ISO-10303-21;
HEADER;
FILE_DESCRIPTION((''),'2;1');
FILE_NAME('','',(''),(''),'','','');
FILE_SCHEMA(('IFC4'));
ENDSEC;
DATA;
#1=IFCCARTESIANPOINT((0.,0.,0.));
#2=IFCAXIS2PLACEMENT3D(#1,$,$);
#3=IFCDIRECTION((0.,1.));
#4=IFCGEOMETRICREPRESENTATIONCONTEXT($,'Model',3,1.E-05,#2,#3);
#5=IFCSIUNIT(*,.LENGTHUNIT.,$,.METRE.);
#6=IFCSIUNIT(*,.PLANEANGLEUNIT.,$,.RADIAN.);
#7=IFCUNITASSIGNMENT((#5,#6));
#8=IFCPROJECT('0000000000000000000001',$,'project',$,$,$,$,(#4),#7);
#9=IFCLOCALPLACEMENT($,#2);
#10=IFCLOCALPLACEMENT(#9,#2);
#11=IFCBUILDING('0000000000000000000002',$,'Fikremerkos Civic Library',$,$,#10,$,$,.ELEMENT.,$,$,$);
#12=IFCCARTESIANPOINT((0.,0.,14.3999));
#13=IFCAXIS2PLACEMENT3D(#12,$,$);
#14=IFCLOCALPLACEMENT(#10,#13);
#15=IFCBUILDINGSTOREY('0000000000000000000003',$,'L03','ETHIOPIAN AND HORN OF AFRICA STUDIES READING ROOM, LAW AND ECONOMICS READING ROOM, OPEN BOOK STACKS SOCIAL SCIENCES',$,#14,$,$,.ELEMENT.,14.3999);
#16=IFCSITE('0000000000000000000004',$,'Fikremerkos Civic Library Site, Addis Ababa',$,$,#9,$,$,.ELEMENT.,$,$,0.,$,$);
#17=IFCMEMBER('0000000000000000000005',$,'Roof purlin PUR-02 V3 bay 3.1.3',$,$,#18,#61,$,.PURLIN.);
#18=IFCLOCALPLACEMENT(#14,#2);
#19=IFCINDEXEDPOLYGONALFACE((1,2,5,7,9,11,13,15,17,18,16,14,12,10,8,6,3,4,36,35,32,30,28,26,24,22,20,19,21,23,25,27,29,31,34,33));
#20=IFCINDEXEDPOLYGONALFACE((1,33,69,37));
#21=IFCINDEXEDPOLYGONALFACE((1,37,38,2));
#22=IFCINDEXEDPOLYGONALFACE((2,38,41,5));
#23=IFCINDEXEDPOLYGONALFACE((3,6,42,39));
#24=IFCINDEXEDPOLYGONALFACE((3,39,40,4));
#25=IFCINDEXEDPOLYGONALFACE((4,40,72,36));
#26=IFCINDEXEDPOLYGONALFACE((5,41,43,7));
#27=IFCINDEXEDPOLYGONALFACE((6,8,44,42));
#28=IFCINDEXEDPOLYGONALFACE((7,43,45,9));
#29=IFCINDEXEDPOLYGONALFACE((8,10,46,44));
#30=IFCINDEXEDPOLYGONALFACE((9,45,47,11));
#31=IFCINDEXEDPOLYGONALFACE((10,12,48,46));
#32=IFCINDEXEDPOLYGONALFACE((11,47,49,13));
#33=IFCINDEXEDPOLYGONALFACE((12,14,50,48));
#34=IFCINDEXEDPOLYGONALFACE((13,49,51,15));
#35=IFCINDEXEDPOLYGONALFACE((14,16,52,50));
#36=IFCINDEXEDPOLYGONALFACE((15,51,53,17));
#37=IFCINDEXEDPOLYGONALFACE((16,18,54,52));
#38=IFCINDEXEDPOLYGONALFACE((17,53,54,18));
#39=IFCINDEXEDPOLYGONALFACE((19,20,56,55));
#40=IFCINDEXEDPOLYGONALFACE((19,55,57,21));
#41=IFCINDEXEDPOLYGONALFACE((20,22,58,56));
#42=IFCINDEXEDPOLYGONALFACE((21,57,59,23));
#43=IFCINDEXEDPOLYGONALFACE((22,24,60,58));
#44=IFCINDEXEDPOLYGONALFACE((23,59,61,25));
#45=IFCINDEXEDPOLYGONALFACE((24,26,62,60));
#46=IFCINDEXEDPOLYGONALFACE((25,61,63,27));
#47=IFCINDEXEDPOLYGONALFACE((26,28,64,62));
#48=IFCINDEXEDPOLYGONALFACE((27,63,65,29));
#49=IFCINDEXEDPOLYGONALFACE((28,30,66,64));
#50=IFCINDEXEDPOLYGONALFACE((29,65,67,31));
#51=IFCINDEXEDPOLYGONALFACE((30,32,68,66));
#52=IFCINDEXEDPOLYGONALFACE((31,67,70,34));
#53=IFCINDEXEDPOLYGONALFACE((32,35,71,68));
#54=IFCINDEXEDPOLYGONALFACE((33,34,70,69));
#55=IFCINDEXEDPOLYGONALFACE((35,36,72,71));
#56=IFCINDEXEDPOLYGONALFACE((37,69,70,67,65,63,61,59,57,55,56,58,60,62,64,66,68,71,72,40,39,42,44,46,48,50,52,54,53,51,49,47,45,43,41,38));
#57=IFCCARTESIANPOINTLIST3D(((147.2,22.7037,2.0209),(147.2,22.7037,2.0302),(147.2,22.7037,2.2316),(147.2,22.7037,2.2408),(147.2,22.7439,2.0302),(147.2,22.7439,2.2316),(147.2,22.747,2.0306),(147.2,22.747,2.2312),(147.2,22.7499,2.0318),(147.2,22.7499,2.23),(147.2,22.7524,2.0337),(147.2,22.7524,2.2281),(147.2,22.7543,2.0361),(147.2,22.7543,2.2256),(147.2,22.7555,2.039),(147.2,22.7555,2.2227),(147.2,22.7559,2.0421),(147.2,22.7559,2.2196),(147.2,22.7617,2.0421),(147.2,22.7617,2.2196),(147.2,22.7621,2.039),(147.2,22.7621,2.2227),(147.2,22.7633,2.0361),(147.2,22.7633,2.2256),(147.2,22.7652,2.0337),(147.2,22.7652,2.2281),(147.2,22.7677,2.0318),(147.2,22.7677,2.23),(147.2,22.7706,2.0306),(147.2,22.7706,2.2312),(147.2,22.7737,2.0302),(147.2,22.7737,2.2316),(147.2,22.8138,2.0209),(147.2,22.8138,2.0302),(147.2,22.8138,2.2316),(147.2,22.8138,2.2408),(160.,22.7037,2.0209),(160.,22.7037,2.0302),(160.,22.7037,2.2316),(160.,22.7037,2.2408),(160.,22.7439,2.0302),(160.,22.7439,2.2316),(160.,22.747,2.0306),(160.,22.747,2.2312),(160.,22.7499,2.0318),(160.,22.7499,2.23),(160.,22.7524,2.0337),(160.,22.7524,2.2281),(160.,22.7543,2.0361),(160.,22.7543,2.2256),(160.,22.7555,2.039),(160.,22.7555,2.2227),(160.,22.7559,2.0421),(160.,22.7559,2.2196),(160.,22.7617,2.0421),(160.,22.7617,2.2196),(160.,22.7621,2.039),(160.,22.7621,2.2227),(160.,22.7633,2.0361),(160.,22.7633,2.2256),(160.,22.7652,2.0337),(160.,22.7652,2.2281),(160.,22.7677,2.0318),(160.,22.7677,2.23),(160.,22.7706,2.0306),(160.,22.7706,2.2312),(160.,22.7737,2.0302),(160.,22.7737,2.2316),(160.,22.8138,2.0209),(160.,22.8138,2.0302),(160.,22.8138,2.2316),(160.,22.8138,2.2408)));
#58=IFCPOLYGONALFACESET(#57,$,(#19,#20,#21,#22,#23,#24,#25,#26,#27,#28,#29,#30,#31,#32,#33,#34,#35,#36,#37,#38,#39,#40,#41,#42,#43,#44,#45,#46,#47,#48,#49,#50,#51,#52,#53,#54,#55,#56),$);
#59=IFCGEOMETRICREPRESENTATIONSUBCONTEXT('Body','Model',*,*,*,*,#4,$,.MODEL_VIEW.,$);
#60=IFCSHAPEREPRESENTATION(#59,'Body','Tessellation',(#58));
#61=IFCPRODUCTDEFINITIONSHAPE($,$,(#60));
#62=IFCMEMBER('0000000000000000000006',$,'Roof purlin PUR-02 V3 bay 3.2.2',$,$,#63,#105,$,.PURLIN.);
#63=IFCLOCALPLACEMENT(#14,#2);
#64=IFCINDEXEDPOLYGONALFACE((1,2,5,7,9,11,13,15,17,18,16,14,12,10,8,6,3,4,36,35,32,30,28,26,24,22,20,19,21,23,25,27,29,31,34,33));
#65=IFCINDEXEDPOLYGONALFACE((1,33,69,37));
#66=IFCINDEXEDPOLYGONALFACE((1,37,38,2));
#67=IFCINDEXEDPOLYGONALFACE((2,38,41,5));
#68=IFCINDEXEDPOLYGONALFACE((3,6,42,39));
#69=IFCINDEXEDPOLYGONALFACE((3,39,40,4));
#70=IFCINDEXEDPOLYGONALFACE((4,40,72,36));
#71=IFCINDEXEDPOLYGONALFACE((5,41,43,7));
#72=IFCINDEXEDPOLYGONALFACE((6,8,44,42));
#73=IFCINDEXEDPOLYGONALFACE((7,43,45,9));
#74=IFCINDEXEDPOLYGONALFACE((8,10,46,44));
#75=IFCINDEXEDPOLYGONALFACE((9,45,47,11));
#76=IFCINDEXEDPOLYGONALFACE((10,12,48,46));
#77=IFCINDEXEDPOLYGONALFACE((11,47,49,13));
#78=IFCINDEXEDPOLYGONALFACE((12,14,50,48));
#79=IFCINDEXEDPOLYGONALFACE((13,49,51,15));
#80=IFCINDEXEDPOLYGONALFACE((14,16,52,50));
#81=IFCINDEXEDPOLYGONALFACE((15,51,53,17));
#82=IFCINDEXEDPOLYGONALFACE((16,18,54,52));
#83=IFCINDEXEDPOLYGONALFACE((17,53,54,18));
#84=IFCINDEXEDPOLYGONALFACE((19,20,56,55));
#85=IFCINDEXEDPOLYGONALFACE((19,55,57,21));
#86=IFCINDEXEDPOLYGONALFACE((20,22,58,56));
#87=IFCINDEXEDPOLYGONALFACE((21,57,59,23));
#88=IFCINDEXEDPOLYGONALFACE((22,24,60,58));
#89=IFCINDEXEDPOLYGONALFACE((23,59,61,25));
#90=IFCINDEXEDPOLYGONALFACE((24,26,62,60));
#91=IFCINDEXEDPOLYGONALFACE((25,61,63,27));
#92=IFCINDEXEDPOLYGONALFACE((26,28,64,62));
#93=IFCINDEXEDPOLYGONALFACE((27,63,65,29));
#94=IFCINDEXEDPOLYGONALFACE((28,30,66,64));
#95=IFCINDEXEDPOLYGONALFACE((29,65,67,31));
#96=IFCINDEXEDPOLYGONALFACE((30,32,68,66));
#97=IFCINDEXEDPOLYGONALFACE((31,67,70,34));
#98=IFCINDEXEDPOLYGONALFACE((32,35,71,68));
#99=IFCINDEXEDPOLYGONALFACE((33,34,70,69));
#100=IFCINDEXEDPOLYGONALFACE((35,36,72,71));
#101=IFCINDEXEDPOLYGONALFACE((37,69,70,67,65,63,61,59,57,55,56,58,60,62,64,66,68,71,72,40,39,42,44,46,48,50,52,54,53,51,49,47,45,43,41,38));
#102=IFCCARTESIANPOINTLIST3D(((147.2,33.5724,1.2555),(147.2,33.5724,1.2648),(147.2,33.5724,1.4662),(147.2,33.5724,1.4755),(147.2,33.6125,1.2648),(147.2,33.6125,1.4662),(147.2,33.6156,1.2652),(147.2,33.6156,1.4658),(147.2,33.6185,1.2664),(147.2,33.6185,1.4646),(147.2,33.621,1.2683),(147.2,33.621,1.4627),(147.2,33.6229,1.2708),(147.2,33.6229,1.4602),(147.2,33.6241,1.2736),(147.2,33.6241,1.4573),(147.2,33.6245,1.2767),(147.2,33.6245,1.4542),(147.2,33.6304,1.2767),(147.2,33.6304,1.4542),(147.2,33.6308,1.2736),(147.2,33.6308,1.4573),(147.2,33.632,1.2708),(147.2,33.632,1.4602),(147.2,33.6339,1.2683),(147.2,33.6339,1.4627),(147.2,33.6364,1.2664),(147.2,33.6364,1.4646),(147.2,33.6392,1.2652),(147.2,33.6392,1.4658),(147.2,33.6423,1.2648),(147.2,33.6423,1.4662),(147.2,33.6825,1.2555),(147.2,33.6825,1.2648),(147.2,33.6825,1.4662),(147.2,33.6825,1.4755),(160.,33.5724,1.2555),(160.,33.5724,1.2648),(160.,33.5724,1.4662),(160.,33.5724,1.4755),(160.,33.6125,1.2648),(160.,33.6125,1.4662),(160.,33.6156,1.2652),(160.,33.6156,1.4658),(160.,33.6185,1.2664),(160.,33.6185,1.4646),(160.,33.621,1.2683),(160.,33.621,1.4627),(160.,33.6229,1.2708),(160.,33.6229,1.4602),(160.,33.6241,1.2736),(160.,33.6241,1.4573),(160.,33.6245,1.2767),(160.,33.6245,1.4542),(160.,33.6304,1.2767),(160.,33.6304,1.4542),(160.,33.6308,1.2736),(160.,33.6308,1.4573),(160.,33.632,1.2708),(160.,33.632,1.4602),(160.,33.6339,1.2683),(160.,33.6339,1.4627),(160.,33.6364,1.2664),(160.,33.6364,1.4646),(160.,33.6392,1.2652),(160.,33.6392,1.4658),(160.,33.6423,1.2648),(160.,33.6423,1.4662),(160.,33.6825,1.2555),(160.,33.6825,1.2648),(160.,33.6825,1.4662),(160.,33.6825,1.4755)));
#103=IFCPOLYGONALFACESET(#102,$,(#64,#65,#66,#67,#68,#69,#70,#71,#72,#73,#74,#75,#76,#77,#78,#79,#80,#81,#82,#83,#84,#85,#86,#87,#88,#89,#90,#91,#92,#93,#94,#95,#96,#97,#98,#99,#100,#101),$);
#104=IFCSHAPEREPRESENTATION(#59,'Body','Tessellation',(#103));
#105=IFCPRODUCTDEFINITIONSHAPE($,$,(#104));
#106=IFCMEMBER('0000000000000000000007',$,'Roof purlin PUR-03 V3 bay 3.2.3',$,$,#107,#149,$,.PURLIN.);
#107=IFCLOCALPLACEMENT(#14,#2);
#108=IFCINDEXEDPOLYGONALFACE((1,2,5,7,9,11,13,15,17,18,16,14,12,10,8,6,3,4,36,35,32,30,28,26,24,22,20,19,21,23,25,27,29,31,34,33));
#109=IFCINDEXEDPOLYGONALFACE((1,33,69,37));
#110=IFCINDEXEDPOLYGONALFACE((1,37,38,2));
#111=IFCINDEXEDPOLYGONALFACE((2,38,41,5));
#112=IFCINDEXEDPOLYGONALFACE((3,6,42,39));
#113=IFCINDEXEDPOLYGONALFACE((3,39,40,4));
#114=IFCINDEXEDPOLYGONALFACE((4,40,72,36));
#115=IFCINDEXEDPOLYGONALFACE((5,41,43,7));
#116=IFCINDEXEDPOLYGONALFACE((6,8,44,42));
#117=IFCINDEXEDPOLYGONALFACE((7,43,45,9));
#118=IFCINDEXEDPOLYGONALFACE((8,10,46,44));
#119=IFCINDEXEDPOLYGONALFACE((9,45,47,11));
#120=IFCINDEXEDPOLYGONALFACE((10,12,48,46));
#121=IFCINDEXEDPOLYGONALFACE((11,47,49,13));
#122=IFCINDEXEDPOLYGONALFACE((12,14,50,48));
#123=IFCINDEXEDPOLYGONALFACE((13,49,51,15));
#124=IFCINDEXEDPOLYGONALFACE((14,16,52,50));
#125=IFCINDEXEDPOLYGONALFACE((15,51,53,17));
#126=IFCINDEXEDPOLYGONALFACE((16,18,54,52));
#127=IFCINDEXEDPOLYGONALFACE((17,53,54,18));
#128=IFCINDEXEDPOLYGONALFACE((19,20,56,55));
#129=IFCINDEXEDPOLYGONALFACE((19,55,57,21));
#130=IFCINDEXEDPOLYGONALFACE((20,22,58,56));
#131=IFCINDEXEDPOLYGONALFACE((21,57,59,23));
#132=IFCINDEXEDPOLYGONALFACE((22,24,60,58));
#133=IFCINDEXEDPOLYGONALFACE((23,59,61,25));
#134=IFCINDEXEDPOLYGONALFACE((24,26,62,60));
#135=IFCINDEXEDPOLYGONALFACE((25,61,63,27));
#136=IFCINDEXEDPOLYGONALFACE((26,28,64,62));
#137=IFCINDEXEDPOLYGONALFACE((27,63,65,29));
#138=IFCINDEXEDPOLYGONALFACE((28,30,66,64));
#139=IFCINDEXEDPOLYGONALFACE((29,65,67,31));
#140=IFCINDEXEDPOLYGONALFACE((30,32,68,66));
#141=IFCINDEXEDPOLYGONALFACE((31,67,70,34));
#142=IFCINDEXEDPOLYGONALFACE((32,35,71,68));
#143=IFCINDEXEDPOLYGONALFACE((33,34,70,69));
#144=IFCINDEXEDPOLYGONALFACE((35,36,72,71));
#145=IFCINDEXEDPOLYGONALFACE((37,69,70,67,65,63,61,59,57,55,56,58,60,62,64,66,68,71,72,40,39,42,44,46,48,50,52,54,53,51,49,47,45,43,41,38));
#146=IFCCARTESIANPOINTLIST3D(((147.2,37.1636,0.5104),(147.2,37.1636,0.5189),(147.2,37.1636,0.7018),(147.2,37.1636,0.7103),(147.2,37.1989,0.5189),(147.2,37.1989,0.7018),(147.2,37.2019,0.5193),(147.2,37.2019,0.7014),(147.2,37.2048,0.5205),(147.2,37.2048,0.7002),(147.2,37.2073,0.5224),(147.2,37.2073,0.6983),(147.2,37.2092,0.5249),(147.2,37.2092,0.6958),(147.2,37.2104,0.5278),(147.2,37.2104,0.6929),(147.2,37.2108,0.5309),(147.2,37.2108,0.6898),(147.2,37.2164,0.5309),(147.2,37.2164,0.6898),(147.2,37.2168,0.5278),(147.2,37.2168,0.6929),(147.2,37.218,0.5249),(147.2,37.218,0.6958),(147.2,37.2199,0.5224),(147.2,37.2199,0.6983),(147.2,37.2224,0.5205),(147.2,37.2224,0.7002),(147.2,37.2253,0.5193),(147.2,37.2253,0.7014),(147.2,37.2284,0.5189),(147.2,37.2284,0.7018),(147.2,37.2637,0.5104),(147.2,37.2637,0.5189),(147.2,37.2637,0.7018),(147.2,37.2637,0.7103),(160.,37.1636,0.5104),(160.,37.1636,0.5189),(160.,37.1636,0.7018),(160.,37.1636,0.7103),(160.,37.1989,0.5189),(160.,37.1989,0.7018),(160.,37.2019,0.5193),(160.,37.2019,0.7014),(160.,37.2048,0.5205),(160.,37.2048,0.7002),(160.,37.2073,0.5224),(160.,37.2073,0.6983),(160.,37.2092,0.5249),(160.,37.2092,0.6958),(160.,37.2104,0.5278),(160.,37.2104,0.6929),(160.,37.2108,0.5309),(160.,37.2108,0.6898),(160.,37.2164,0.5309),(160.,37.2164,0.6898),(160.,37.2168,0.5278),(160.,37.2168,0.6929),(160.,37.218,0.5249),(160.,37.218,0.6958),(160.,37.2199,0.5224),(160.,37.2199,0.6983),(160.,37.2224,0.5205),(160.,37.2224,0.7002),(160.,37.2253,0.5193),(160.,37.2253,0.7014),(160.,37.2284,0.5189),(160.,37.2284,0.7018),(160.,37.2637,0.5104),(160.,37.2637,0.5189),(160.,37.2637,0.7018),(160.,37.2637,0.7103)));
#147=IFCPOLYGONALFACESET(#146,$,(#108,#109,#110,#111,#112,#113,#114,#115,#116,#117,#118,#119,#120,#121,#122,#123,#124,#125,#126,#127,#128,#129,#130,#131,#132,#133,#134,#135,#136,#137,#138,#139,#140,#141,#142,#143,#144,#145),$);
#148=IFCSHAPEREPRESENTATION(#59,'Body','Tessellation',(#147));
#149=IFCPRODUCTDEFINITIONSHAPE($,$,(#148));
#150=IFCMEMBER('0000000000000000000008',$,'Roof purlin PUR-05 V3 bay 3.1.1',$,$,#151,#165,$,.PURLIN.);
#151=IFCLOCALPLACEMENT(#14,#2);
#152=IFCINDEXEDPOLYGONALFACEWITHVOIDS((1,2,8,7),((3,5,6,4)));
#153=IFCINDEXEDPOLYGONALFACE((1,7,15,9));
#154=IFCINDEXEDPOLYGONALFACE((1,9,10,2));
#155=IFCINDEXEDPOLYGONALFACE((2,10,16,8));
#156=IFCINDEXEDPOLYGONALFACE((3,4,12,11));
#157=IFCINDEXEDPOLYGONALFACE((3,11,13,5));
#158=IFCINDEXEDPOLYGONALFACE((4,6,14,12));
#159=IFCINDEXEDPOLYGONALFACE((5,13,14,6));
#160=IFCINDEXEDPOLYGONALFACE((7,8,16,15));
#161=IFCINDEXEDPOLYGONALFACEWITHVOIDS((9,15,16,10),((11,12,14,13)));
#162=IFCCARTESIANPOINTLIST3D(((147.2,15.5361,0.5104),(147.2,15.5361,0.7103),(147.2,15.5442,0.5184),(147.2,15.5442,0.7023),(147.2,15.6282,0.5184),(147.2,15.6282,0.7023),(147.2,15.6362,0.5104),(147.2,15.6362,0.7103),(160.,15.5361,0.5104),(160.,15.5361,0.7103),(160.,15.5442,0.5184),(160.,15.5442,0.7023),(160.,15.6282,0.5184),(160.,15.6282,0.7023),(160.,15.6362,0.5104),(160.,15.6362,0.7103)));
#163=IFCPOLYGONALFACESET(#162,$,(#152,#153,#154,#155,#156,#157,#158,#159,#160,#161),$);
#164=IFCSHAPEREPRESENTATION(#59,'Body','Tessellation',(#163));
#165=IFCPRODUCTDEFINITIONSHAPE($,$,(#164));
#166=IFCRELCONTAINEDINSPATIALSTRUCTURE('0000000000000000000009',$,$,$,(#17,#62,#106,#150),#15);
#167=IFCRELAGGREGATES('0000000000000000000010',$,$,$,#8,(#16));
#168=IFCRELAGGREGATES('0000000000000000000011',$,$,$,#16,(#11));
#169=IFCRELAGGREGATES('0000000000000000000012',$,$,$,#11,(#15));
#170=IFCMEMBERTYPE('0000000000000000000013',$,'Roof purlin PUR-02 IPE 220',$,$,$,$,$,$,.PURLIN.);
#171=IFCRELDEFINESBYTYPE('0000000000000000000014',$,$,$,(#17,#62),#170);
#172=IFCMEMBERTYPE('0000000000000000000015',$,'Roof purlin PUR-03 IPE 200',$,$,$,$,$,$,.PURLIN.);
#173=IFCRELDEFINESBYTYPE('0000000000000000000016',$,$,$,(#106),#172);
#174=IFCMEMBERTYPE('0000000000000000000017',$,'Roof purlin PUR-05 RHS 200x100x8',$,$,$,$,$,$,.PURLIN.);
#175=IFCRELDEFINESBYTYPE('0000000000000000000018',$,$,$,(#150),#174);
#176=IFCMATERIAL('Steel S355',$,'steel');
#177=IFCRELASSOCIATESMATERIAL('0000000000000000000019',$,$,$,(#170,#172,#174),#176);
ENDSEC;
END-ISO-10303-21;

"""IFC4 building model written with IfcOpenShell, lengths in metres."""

from ifc_helpers import new_model, si_unit, direction, frame, origin, origin_2d, place, context, subcontext, project, spatial, hollow_rectangle, i_section, extrude, material, material_profile, profile_set, type_object, element, save


model = new_model("IFC4")

# Units and contexts
model_context = context("Model", 3, precision=1e-05, world=origin(), true_north=direction((0.0, 1.0)))
body_context = subcontext(model_context, "Body", "Model", "MODEL_VIEW")
ifc_project = project(units=[si_unit("LENGTHUNIT", "METRE"), si_unit("PLANEANGLEUNIT", "RADIAN")], contexts=[model_context])

# Site, building, storey
site_placement = place(None, origin())
site = spatial("IfcSite", under=ifc_project, at=site_placement, Name="Fikremerkos Civic Library Site, Addis Ababa", CompositionType="ELEMENT", RefElevation=0.0)
building_placement = place(site_placement, origin())
building = spatial("IfcBuilding", under=site, at=building_placement, Name="Fikremerkos Civic Library", CompositionType="ELEMENT")
storey_placement = place(building_placement, frame((0.0, 0.0, 14.3999)))
storey = spatial("IfcBuildingStorey", under=building, at=storey_placement, Name="L03", Description="ETHIOPIAN AND HORN OF AFRICA STUDIES READING ROOM, LAW AND ECONOMICS READING ROOM, OPEN BOOK STACKS SOCIAL SCIENCES", CompositionType="ELEMENT", Elevation=14.3999)

# Members
ifc_material_1 = material(Name="Steel S355", Category="steel")
ifc_material_profile_1 = material_profile(ifc_material_1, i_section(OverallWidth=0.1101, OverallDepth=0.22, WebThickness=0.0059, FlangeThickness=0.0093, FilletRadius=0.012, at=origin_2d()), Name="IPE 220")
ifc_profile_set_1 = profile_set([ifc_material_profile_1], Name="Steel S355")
member_type_1 = type_object("IfcMemberType", Name="Roof purlin PUR-02 IPE 220", PredefinedType="PURLIN", material=ifc_profile_set_1)
for number, where, z_axis, x_axis, name in (
    (1, (147.2, 22.7588, 2.1309), (1.0, 0.0, 0.0), (0.0, 1.0, 0.0), "Roof purlin PUR-02 V3 bay 3.1.3"),
    (2, (147.2, 33.6274, 1.3655), (1.0, 0.0, 0.0), (0.0, 1.0, 0.0), "Roof purlin PUR-02 V3 bay 3.2.2"),
):
    element("IfcMember", number, at=place(storey_placement, frame(where, z_axis=z_axis, x_axis=x_axis)), inside=storey, type_object=member_type_1, Name=name, PredefinedType="PURLIN", context=body_context, shape_type="SweptSolid", body=[
        extrude(i_section(OverallWidth=0.1101, OverallDepth=0.22, WebThickness=0.0059, FlangeThickness=0.0093, FilletRadius=0.012, at=origin_2d()), origin(), (0.0, 0.0, 1.0), 12.8),
    ])
ifc_material_profile_2 = material_profile(ifc_material_1, i_section(OverallWidth=0.1001, OverallDepth=0.2, WebThickness=0.0056, FlangeThickness=0.0085, FilletRadius=0.012, at=origin_2d()), Name="IPE 200")
ifc_profile_set_2 = profile_set([ifc_material_profile_2], Name="Steel S355")
member_type_2 = type_object("IfcMemberType", Name="Roof purlin PUR-03 IPE 200", PredefinedType="PURLIN", material=ifc_profile_set_2)
member_1_placement = place(storey_placement, frame((147.2, 37.2136, 0.6104), z_axis=(1.0, 0.0, 0.0), x_axis=(0.0, 1.0, 0.0)))
element("IfcMember", 3, at=member_1_placement, inside=storey, type_object=member_type_2, Name="Roof purlin PUR-03 V3 bay 3.2.3", PredefinedType="PURLIN", context=body_context, shape_type="SweptSolid", body=[
    extrude(i_section(OverallWidth=0.1001, OverallDepth=0.2, WebThickness=0.0056, FlangeThickness=0.0085, FilletRadius=0.012, at=origin_2d()), origin(), (0.0, 0.0, 1.0), 12.8),
])
ifc_material_profile_3 = material_profile(ifc_material_1, hollow_rectangle(XDim=0.1001, YDim=0.2, WallThickness=0.0081, at=origin_2d()), Name="RHS 200x100x8")
ifc_profile_set_3 = profile_set([ifc_material_profile_3], Name="Steel S355")
member_type_3 = type_object("IfcMemberType", Name="Roof purlin PUR-05 RHS 200x100x8", PredefinedType="PURLIN", material=ifc_profile_set_3)
member_2_placement = place(storey_placement, frame((147.2, 15.5862, 0.6104), z_axis=(1.0, 0.0, 0.0), x_axis=(0.0, 1.0, 0.0)))
element("IfcMember", 4, at=member_2_placement, inside=storey, type_object=member_type_3, Name="Roof purlin PUR-05 V3 bay 3.1.1", PredefinedType="PURLIN", context=body_context, shape_type="SweptSolid", body=[
    extrude(hollow_rectangle(XDim=0.1001, YDim=0.2, WallThickness=0.0081, at=origin_2d()), origin(), (0.0, 0.0, 1.0), 12.8),
])

save(model, "model.ifc")
